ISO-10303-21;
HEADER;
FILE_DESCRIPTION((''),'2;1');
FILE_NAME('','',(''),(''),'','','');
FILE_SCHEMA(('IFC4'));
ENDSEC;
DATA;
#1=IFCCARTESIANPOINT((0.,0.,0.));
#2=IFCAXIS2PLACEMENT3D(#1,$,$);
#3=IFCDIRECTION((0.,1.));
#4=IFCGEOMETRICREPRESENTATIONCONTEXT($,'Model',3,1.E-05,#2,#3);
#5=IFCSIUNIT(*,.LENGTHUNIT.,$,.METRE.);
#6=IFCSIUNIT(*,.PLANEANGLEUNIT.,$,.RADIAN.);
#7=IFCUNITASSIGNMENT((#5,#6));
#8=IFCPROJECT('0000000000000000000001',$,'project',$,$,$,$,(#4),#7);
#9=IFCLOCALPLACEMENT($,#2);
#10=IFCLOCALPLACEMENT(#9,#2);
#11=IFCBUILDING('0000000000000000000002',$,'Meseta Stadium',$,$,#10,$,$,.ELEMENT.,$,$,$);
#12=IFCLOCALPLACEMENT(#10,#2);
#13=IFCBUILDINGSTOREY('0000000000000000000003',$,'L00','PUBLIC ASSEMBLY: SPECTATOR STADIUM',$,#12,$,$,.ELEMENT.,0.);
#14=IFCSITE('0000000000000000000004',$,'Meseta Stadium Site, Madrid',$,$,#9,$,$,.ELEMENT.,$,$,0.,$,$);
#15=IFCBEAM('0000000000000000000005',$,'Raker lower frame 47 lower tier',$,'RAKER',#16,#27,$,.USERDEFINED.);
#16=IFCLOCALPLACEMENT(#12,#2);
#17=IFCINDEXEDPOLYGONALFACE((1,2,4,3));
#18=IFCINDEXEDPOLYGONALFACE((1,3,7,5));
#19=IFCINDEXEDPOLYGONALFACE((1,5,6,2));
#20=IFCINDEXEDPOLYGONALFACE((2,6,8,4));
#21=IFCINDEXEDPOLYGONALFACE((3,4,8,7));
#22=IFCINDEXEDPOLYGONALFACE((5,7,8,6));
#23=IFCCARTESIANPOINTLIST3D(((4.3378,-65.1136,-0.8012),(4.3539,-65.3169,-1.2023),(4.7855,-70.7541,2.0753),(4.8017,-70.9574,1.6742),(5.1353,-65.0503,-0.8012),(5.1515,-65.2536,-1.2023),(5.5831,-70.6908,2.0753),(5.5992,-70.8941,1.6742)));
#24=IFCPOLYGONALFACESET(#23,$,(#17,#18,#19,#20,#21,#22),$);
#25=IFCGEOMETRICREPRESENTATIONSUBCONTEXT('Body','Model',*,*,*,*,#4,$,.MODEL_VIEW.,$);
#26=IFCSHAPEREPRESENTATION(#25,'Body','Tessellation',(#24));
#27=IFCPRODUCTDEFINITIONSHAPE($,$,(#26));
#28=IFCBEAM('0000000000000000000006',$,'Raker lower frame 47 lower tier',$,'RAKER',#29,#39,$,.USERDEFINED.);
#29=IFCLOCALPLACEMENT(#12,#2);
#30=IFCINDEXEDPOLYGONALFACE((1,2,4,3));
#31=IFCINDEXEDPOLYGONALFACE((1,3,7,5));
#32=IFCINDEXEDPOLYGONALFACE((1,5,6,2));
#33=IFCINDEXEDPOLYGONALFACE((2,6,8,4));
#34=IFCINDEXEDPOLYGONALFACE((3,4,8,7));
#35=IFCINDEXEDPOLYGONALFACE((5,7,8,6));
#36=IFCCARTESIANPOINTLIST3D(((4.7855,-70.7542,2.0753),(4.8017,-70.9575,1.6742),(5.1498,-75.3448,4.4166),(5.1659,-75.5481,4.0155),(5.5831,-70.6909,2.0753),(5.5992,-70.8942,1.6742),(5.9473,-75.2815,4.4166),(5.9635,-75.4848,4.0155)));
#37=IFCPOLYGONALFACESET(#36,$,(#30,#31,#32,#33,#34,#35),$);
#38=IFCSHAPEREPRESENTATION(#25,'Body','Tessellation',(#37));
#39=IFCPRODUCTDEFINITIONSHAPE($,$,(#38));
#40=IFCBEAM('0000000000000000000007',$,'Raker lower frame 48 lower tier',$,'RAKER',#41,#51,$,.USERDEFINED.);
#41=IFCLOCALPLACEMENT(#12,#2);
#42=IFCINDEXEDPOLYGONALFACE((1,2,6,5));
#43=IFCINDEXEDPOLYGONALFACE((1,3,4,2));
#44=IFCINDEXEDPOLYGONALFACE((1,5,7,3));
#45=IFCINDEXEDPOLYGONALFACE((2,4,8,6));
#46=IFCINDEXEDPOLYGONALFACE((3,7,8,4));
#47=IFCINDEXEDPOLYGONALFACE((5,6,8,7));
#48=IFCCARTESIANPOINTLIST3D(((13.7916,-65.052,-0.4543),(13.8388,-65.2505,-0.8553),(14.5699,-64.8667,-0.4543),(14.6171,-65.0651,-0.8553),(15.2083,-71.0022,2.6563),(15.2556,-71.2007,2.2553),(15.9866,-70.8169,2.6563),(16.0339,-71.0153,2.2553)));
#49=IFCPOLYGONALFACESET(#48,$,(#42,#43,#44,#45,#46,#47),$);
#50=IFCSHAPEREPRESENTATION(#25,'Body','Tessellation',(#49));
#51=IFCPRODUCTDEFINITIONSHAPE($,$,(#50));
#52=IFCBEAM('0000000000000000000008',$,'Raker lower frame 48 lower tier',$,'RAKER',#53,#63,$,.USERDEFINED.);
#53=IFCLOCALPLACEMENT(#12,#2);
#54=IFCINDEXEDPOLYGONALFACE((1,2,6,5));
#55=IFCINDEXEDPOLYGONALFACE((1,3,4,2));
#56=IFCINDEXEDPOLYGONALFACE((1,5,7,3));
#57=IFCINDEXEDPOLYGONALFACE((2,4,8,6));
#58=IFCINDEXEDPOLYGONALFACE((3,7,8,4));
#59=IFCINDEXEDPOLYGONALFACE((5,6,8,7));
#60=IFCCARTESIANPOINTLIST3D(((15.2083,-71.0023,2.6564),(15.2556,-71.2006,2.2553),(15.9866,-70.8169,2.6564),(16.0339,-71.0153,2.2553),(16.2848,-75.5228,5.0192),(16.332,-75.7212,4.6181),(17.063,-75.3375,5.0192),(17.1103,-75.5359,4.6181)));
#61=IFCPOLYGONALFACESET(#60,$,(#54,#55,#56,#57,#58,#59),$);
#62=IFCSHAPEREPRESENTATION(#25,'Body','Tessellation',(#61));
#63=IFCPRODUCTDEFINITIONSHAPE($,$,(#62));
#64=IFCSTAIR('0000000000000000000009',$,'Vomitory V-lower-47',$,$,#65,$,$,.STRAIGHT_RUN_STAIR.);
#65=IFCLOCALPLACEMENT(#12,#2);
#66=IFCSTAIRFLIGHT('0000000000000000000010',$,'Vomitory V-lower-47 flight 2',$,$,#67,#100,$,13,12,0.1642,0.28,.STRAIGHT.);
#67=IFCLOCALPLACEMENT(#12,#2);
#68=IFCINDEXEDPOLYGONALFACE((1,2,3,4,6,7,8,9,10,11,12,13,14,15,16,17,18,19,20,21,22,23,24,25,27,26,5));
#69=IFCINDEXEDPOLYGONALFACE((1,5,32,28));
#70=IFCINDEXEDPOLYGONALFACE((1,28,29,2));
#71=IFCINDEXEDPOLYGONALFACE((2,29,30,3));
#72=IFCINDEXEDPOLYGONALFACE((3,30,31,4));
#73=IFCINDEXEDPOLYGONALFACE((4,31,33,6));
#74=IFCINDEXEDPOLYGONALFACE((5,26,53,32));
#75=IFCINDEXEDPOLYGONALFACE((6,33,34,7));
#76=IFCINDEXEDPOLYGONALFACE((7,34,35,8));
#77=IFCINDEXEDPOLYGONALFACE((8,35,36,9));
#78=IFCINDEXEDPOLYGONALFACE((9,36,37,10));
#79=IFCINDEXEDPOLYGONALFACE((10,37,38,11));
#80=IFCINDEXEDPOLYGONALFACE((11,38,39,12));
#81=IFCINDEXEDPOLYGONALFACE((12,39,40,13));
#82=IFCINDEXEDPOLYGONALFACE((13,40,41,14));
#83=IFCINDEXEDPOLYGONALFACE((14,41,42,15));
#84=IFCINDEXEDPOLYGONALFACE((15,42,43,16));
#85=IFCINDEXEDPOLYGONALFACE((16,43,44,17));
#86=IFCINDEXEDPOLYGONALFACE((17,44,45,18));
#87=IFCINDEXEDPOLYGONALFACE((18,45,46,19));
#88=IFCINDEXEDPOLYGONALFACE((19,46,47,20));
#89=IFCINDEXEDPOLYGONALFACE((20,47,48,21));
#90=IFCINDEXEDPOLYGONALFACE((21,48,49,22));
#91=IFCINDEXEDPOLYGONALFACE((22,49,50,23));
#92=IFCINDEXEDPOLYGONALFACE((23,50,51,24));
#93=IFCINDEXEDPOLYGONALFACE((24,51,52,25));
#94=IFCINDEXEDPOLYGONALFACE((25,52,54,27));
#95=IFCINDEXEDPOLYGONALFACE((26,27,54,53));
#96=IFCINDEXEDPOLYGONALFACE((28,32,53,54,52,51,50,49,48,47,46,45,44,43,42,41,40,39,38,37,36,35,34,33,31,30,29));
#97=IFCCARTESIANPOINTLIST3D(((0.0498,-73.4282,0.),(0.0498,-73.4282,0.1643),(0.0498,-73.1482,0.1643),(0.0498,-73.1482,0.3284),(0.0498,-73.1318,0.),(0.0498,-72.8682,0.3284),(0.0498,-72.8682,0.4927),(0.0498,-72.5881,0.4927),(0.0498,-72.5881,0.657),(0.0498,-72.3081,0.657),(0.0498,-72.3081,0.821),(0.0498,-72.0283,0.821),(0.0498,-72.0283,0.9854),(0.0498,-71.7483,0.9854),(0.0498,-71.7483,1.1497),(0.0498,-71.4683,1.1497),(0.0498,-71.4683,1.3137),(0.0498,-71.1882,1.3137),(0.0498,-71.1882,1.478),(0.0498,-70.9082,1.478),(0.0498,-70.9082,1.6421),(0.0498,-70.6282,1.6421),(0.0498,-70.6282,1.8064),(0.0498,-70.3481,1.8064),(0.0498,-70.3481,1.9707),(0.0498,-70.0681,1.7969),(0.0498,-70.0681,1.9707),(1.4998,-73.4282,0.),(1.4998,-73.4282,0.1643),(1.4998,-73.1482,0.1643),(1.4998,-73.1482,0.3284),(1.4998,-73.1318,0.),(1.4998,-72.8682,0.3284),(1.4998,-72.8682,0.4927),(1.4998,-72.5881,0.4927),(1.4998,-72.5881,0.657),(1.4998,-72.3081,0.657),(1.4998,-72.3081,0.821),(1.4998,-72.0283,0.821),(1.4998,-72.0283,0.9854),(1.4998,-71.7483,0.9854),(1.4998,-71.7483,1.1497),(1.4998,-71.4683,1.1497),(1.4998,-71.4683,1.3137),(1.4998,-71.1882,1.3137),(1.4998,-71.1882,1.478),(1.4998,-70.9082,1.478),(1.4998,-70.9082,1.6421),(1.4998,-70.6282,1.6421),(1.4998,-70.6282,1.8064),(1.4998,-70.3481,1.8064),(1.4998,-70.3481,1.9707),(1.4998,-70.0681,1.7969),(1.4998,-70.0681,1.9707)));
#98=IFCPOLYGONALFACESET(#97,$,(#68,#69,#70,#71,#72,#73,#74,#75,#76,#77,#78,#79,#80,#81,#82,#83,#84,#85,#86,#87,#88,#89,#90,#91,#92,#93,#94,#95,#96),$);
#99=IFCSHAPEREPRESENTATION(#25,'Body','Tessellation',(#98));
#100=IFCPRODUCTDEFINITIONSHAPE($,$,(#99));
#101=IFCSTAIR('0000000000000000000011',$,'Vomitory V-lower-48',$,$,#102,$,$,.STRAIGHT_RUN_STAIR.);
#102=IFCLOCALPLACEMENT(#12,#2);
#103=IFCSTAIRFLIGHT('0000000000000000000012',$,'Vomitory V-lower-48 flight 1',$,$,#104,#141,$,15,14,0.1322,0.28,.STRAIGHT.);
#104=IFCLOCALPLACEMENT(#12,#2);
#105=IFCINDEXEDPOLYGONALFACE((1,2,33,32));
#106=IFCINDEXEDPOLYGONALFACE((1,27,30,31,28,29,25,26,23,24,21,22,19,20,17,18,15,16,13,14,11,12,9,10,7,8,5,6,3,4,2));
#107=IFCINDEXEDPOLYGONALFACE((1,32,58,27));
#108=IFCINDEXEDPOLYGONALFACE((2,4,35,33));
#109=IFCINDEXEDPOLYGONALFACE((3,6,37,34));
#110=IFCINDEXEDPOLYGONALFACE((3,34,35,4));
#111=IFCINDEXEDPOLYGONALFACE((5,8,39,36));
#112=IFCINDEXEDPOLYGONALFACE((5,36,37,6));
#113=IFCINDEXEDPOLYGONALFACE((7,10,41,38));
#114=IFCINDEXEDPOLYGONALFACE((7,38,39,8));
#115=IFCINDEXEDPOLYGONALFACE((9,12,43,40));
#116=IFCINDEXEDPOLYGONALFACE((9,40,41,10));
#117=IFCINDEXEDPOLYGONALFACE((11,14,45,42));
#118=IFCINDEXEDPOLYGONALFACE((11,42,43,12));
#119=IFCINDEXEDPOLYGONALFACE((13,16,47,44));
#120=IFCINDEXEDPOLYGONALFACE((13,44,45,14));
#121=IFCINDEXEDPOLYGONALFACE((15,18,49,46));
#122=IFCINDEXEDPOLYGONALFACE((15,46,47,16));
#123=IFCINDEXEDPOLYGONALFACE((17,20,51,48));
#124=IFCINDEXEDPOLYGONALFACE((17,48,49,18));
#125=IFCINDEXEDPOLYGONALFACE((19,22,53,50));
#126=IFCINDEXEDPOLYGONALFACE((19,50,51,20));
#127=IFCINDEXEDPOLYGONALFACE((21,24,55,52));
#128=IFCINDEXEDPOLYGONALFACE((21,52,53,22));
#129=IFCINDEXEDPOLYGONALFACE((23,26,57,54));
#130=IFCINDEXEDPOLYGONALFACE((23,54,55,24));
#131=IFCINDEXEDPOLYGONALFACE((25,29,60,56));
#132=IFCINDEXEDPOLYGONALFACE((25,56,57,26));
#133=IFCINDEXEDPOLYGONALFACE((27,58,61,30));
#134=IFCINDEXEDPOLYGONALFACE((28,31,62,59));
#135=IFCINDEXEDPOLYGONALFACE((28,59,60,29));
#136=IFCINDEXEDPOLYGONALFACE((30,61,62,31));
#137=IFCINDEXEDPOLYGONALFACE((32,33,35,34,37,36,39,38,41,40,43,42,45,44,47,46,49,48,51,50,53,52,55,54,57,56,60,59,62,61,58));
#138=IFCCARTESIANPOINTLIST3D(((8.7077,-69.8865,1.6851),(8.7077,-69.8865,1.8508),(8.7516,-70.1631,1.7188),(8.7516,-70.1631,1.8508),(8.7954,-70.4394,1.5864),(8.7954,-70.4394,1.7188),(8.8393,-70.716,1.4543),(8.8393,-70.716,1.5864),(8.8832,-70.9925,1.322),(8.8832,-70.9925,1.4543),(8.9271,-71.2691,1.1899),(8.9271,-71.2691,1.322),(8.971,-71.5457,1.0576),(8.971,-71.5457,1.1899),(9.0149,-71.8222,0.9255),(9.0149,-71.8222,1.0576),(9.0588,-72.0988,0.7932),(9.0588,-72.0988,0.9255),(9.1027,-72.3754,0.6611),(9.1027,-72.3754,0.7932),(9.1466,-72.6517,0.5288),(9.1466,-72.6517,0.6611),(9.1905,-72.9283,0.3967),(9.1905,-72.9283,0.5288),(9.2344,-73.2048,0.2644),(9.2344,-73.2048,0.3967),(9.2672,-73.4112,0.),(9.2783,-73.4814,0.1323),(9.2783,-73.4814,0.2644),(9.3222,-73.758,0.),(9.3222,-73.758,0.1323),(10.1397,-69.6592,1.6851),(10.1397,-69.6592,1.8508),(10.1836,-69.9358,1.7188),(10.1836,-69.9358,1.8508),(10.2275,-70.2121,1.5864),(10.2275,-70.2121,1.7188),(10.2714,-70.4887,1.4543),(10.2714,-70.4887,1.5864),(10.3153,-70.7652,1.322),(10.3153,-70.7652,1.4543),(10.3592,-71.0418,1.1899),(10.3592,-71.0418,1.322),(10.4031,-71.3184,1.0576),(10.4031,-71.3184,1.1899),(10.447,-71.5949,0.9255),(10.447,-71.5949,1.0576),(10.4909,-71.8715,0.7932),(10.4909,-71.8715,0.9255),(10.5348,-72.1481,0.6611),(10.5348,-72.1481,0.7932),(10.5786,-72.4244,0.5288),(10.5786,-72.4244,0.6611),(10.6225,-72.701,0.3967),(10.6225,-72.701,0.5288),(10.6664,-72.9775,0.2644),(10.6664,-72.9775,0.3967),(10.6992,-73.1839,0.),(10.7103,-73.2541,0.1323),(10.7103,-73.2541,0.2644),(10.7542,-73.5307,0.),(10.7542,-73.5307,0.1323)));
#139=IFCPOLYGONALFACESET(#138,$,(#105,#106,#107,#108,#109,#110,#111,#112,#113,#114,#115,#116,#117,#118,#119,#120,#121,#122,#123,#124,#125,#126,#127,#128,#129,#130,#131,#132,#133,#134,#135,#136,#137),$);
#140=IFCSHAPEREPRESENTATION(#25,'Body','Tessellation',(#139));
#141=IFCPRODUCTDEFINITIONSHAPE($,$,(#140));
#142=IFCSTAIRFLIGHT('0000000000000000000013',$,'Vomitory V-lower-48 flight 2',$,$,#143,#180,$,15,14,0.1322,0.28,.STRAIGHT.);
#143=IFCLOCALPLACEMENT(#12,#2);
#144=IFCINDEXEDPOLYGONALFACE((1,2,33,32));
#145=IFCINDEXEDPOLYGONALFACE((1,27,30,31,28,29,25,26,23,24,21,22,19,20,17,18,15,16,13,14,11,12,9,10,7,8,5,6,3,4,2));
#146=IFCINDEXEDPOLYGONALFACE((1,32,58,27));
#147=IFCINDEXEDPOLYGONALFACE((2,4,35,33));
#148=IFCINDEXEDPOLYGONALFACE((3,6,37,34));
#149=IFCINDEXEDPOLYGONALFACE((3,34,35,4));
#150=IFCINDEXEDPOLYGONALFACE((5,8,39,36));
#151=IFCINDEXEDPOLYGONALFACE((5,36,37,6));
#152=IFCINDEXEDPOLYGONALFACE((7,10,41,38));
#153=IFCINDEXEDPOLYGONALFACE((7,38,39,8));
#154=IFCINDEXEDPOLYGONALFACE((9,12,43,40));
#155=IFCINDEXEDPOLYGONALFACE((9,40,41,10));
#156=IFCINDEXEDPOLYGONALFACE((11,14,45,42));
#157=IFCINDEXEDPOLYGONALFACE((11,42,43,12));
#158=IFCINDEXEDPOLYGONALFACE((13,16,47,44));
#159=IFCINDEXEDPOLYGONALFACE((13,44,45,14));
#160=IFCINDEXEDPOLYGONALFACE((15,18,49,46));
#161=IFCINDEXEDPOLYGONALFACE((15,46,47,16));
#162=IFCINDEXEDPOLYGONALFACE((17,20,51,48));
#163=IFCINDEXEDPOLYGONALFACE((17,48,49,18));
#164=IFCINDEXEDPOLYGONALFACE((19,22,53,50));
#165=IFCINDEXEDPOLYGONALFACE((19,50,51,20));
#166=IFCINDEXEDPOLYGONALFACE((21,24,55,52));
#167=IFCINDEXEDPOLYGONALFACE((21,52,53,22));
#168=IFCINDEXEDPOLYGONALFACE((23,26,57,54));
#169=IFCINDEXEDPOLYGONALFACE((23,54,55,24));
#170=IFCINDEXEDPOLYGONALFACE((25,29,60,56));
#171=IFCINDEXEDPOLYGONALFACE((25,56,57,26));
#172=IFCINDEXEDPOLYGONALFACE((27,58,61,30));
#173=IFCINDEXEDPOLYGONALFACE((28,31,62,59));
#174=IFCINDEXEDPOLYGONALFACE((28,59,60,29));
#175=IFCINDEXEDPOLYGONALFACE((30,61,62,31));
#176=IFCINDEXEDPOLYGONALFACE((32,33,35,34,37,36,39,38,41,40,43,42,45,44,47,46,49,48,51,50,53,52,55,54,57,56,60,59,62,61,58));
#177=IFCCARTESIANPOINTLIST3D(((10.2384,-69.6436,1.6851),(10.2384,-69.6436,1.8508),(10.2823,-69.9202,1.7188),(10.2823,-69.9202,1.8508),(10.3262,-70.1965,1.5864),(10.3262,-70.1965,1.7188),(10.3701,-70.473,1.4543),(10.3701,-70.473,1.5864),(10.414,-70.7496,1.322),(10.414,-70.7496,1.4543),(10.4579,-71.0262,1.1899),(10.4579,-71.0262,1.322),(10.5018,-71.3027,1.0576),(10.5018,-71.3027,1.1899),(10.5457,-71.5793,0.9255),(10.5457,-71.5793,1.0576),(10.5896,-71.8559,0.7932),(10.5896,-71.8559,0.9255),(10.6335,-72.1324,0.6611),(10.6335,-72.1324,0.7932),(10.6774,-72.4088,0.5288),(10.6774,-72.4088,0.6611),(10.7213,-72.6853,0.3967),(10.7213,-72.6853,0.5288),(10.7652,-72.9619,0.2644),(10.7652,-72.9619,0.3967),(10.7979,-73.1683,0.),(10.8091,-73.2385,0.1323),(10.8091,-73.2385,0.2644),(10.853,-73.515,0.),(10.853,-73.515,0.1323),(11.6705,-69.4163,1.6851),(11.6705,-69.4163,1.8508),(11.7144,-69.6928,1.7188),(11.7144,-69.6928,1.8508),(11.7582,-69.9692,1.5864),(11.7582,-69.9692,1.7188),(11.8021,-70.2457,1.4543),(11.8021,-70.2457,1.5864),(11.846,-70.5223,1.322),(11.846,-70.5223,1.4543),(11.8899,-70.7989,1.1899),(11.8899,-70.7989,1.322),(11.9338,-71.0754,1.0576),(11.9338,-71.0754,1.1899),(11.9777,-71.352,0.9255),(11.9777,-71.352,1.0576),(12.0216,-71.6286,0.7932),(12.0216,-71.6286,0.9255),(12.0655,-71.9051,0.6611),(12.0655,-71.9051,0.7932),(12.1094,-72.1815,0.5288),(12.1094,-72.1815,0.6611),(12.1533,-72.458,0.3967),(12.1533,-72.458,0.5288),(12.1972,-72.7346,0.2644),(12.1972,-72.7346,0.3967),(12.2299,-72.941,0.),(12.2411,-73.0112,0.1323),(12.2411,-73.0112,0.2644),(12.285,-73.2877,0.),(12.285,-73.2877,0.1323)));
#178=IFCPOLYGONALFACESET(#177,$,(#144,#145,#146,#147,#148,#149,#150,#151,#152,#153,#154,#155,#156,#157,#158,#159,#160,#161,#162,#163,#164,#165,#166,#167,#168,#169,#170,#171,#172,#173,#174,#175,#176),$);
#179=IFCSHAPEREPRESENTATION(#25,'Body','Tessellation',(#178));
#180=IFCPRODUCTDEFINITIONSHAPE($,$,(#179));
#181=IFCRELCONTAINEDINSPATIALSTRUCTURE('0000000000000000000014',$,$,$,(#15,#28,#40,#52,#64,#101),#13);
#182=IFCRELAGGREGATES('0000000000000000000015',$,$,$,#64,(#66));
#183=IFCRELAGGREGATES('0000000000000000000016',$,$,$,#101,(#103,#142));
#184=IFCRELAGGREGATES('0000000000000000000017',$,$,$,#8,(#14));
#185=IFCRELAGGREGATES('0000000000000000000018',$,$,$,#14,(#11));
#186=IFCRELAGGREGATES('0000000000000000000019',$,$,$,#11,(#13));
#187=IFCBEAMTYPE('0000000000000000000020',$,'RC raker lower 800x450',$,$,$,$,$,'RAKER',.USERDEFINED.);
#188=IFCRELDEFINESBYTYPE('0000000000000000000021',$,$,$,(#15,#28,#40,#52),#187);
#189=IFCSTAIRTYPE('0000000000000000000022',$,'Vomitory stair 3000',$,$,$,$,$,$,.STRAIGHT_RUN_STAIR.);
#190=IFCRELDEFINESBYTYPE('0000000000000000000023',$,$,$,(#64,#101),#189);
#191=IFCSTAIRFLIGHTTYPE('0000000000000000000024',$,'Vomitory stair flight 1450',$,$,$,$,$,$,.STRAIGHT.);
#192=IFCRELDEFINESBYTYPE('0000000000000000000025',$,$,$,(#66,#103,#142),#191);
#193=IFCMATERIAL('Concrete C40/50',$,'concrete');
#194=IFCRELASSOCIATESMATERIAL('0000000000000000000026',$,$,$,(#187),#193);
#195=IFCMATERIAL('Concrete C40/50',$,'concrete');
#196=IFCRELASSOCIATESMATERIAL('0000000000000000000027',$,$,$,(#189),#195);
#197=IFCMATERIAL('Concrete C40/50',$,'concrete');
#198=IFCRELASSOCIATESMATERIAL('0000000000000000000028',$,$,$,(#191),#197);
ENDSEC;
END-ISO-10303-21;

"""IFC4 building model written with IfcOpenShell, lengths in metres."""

from ifc_helpers import new_model, si_unit, direction, frame, origin, origin_2d, place, context, subcontext, project, spatial, polyline, rectangle, outline, extrude, material, material_profile, profile_set, type_object, element, aggregate, save


model = new_model("IFC4")

# Units and contexts
model_context = context("Model", 3, precision=1e-05, world=origin(), true_north=direction((0.0, 1.0)))
body_context = subcontext(model_context, "Body", "Model", "MODEL_VIEW")
ifc_project = project(units=[si_unit("LENGTHUNIT", "METRE"), si_unit("PLANEANGLEUNIT", "RADIAN")], contexts=[model_context])

# Site, building, storey
site_placement = place(None, origin())
site = spatial("IfcSite", under=ifc_project, at=site_placement, Name="Meseta Stadium Site, Madrid", CompositionType="ELEMENT", RefElevation=0.0)
building_placement = place(site_placement, origin())
building = spatial("IfcBuilding", under=site, at=building_placement, Name="Meseta Stadium", CompositionType="ELEMENT")
storey_placement = place(building_placement, origin())
storey = spatial("IfcBuildingStorey", under=building, at=storey_placement, Name="L00", Description="PUBLIC ASSEMBLY: SPECTATOR STADIUM", CompositionType="ELEMENT", Elevation=0.0)

# Beams
ifc_material_1 = material(Name="Concrete C40/50", Category="concrete")
ifc_material_profile_1 = material_profile(ifc_material_1, rectangle(XDim=0.8, YDim=0.45, at=origin_2d()), Name="RC 800x450")
ifc_profile_set_1 = profile_set([ifc_material_profile_1], Name="Concrete C40/50")
beam_type_1 = type_object("IfcBeamType", Name="RC raker lower 800x450", ElementType="RAKER", PredefinedType="USERDEFINED", material=ifc_profile_set_1)
beam_1_placement = place(storey_placement, frame((4.7446, -65.1836, -1.0017), z_axis=(0.07054, -0.888633, 0.453163), x_axis=(0.996864, 0.079131, 0.0)))
element("IfcBeam", 1, at=beam_1_placement, inside=storey, type_object=beam_type_1, Name="Raker lower frame 47 lower tier", ObjectType="RAKER", PredefinedType="USERDEFINED", context=body_context, shape_type="SweptSolid", body=[
    extrude(rectangle(XDim=0.8, YDim=0.45, at=origin_2d()), origin(), (0.0, 0.0, 1.0), 6.3474),
])
beam_2_placement = place(storey_placement, frame((5.1924, -70.8242, 1.8748), z_axis=(0.07051, -0.888609, 0.453213), x_axis=(0.996867, 0.0791, 0.0)))
element("IfcBeam", 2, at=beam_2_placement, inside=storey, type_object=beam_type_1, Name="Raker lower frame 47 lower tier", ObjectType="RAKER", PredefinedType="USERDEFINED", context=body_context, shape_type="SweptSolid", body=[
    extrude(rectangle(XDim=0.8, YDim=0.45, at=origin_2d()), origin(), (0.0, 0.0, 1.0), 5.166),
])
beam_3_placement = place(storey_placement, frame((14.2043, -65.0586, -0.6548), z_axis=(0.206461, -0.867116, 0.453304), x_axis=(0.972805, 0.231626, 0.0)))
element("IfcBeam", 3, at=beam_3_placement, inside=storey, type_object=beam_type_1, Name="Raker lower frame 48 lower tier", ObjectType="RAKER", PredefinedType="USERDEFINED", context=body_context, shape_type="SweptSolid", body=[
    extrude(rectangle(XDim=0.8, YDim=0.45, at=origin_2d()), origin(), (0.0, 0.0, 1.0), 6.8621),
])
beam_4_placement = place(storey_placement, frame((15.6211, -71.0088, 2.4558), z_axis=(0.206483, -0.867143, 0.453241), x_axis=(0.972801, 0.231642, 0.0)))
element("IfcBeam", 4, at=beam_4_placement, inside=storey, type_object=beam_type_1, Name="Raker lower frame 48 lower tier", ObjectType="RAKER", PredefinedType="USERDEFINED", context=body_context, shape_type="SweptSolid", body=[
    extrude(rectangle(XDim=0.8, YDim=0.45, at=origin_2d()), origin(), (0.0, 0.0, 1.0), 5.2131),
])

# Stair, stair flight
ifc_material_2 = material(Name="Concrete C40/50", Category="concrete")
stair_type = type_object("IfcStairType", Name="Vomitory stair 3000", PredefinedType="STRAIGHT_RUN_STAIR", material=ifc_material_2)
stair_1_placement = place(storey_placement, origin())
stair_1 = element("IfcStair", 5, at=stair_1_placement, inside=storey, type_object=stair_type, Name="Vomitory V-lower-47", PredefinedType="STRAIGHT_RUN_STAIR")
ifc_material_3 = material(Name="Concrete C40/50", Category="concrete")
stair_flight_type = type_object("IfcStairFlightType", Name="Vomitory stair flight 1450", PredefinedType="STRAIGHT", material=ifc_material_3)
stair_flight_1_placement = place(storey_placement, frame((0.7749, -73.4282, 0.0), z_axis=(0.0, 0.0, 1.0), x_axis=(0.0, 1.0, 0.0)))
stair_flight_1 = element("IfcStairFlight", 6, at=stair_flight_1_placement, type_object=stair_flight_type, Name="Vomitory V-lower-47 flight 2", NumberOfRisers=13, NumberOfTreads=12, PredefinedType="STRAIGHT", RiserHeight=0.1642, TreadLength=0.28, context=body_context, shape_type="SweptSolid", body=[
    extrude(outline(polyline([(0.0, 0.0), (0.0, 0.1643), (0.28, 0.1643), (0.28, 0.3284), (0.5601, 0.3284), (0.5601, 0.4927), (0.8401, 0.4927), (0.8401, 0.657), (1.1201, 0.657), (1.1201, 0.821), (1.3999, 0.821), (1.3999, 0.9854), (1.6799, 0.9854), (1.6799, 1.1497), (1.96, 1.1497), (1.96, 1.3137), (2.24, 1.3137), (2.24, 1.478), (2.52, 1.478), (2.52, 1.6421), (2.8, 1.6421), (2.8, 1.8064), (3.0801, 1.8064), (3.0801, 1.9707), (3.3601, 1.9707), (3.3601, 1.7969), (0.2964, 0.0), (0.0, 0.0)])), frame((0.0, 0.7251, 0.0), z_axis=(0.0, -1.0, 0.0), x_axis=(1.0, 0.0, 0.0)), (0.0, 0.0, 1.0), 1.45),
])
aggregate(stair_1, [stair_flight_1])

# Stair, stair flights
stair_2_placement = place(storey_placement, origin())
stair_2 = element("IfcStair", 7, at=stair_2_placement, inside=storey, type_object=stair_type, Name="Vomitory V-lower-48", PredefinedType="STRAIGHT_RUN_STAIR")
stair_flight_2_placement = place(storey_placement, frame((10.0383, -73.6443, 0.0), z_axis=(0.0, 0.0, 1.0), x_axis=(-0.156767, 0.987636, 0.0)))
stair_flight_2 = element("IfcStairFlight", 8, at=stair_flight_2_placement, type_object=stair_flight_type, Name="Vomitory V-lower-48 flight 1", NumberOfRisers=15, NumberOfTreads=14, PredefinedType="STRAIGHT", RiserHeight=0.1322, TreadLength=0.28, context=body_context, shape_type="SweptSolid", body=[
    extrude(outline(polyline([(0.0, 0.0), (0.0, 0.1323), (0.28, 0.1323), (0.28, 0.2644), (0.5601, 0.2644), (0.5601, 0.3967), (0.8401, 0.3967), (0.8401, 0.5288), (1.1201, 0.5288), (1.1201, 0.6611), (1.3999, 0.6611), (1.3999, 0.7932), (1.6799, 0.7932), (1.6799, 0.9255), (1.96, 0.9255), (1.96, 1.0576), (2.24, 1.0576), (2.24, 1.1899), (2.52, 1.1899), (2.52, 1.322), (2.8, 1.322), (2.8, 1.4543), (3.0801, 1.4543), (3.0801, 1.5864), (3.3601, 1.5864), (3.3601, 1.7188), (3.6399, 1.7188), (3.6399, 1.8508), (3.9199, 1.8508), (3.9199, 1.6851), (0.3511, 0.0), (0.0, 0.0)])), frame((0.0, 0.7251, 0.0), z_axis=(0.0, -1.0, 0.0), x_axis=(1.0, 0.0, 0.0)), (0.0, 0.0, 1.0), 1.45),
])
stair_flight_3_placement = place(storey_placement, frame((11.5691, -73.4014, 0.0), z_axis=(0.0, 0.0, 1.0), x_axis=(-0.156767, 0.987636, 0.0)))
stair_flight_3 = element("IfcStairFlight", 9, at=stair_flight_3_placement, type_object=stair_flight_type, Name="Vomitory V-lower-48 flight 2", NumberOfRisers=15, NumberOfTreads=14, PredefinedType="STRAIGHT", RiserHeight=0.1322, TreadLength=0.28, context=body_context, shape_type="SweptSolid", body=[
    extrude(outline(polyline([(0.0, 0.0), (0.0, 0.1323), (0.28, 0.1323), (0.28, 0.2644), (0.5601, 0.2644), (0.5601, 0.3967), (0.8401, 0.3967), (0.8401, 0.5288), (1.1201, 0.5288), (1.1201, 0.6611), (1.3999, 0.6611), (1.3999, 0.7932), (1.6799, 0.7932), (1.6799, 0.9255), (1.96, 0.9255), (1.96, 1.0576), (2.24, 1.0576), (2.24, 1.1899), (2.52, 1.1899), (2.52, 1.322), (2.8, 1.322), (2.8, 1.4543), (3.0801, 1.4543), (3.0801, 1.5864), (3.3601, 1.5864), (3.3601, 1.7188), (3.6399, 1.7188), (3.6399, 1.8508), (3.9199, 1.8508), (3.9199, 1.6851), (0.3511, 0.0), (0.0, 0.0)])), frame((0.0, 0.7251, 0.0), z_axis=(0.0, -1.0, 0.0), x_axis=(1.0, 0.0, 0.0)), (0.0, 0.0, 1.0), 1.45),
])
aggregate(stair_2, [stair_flight_2, stair_flight_3])

save(model, "model.ifc")
